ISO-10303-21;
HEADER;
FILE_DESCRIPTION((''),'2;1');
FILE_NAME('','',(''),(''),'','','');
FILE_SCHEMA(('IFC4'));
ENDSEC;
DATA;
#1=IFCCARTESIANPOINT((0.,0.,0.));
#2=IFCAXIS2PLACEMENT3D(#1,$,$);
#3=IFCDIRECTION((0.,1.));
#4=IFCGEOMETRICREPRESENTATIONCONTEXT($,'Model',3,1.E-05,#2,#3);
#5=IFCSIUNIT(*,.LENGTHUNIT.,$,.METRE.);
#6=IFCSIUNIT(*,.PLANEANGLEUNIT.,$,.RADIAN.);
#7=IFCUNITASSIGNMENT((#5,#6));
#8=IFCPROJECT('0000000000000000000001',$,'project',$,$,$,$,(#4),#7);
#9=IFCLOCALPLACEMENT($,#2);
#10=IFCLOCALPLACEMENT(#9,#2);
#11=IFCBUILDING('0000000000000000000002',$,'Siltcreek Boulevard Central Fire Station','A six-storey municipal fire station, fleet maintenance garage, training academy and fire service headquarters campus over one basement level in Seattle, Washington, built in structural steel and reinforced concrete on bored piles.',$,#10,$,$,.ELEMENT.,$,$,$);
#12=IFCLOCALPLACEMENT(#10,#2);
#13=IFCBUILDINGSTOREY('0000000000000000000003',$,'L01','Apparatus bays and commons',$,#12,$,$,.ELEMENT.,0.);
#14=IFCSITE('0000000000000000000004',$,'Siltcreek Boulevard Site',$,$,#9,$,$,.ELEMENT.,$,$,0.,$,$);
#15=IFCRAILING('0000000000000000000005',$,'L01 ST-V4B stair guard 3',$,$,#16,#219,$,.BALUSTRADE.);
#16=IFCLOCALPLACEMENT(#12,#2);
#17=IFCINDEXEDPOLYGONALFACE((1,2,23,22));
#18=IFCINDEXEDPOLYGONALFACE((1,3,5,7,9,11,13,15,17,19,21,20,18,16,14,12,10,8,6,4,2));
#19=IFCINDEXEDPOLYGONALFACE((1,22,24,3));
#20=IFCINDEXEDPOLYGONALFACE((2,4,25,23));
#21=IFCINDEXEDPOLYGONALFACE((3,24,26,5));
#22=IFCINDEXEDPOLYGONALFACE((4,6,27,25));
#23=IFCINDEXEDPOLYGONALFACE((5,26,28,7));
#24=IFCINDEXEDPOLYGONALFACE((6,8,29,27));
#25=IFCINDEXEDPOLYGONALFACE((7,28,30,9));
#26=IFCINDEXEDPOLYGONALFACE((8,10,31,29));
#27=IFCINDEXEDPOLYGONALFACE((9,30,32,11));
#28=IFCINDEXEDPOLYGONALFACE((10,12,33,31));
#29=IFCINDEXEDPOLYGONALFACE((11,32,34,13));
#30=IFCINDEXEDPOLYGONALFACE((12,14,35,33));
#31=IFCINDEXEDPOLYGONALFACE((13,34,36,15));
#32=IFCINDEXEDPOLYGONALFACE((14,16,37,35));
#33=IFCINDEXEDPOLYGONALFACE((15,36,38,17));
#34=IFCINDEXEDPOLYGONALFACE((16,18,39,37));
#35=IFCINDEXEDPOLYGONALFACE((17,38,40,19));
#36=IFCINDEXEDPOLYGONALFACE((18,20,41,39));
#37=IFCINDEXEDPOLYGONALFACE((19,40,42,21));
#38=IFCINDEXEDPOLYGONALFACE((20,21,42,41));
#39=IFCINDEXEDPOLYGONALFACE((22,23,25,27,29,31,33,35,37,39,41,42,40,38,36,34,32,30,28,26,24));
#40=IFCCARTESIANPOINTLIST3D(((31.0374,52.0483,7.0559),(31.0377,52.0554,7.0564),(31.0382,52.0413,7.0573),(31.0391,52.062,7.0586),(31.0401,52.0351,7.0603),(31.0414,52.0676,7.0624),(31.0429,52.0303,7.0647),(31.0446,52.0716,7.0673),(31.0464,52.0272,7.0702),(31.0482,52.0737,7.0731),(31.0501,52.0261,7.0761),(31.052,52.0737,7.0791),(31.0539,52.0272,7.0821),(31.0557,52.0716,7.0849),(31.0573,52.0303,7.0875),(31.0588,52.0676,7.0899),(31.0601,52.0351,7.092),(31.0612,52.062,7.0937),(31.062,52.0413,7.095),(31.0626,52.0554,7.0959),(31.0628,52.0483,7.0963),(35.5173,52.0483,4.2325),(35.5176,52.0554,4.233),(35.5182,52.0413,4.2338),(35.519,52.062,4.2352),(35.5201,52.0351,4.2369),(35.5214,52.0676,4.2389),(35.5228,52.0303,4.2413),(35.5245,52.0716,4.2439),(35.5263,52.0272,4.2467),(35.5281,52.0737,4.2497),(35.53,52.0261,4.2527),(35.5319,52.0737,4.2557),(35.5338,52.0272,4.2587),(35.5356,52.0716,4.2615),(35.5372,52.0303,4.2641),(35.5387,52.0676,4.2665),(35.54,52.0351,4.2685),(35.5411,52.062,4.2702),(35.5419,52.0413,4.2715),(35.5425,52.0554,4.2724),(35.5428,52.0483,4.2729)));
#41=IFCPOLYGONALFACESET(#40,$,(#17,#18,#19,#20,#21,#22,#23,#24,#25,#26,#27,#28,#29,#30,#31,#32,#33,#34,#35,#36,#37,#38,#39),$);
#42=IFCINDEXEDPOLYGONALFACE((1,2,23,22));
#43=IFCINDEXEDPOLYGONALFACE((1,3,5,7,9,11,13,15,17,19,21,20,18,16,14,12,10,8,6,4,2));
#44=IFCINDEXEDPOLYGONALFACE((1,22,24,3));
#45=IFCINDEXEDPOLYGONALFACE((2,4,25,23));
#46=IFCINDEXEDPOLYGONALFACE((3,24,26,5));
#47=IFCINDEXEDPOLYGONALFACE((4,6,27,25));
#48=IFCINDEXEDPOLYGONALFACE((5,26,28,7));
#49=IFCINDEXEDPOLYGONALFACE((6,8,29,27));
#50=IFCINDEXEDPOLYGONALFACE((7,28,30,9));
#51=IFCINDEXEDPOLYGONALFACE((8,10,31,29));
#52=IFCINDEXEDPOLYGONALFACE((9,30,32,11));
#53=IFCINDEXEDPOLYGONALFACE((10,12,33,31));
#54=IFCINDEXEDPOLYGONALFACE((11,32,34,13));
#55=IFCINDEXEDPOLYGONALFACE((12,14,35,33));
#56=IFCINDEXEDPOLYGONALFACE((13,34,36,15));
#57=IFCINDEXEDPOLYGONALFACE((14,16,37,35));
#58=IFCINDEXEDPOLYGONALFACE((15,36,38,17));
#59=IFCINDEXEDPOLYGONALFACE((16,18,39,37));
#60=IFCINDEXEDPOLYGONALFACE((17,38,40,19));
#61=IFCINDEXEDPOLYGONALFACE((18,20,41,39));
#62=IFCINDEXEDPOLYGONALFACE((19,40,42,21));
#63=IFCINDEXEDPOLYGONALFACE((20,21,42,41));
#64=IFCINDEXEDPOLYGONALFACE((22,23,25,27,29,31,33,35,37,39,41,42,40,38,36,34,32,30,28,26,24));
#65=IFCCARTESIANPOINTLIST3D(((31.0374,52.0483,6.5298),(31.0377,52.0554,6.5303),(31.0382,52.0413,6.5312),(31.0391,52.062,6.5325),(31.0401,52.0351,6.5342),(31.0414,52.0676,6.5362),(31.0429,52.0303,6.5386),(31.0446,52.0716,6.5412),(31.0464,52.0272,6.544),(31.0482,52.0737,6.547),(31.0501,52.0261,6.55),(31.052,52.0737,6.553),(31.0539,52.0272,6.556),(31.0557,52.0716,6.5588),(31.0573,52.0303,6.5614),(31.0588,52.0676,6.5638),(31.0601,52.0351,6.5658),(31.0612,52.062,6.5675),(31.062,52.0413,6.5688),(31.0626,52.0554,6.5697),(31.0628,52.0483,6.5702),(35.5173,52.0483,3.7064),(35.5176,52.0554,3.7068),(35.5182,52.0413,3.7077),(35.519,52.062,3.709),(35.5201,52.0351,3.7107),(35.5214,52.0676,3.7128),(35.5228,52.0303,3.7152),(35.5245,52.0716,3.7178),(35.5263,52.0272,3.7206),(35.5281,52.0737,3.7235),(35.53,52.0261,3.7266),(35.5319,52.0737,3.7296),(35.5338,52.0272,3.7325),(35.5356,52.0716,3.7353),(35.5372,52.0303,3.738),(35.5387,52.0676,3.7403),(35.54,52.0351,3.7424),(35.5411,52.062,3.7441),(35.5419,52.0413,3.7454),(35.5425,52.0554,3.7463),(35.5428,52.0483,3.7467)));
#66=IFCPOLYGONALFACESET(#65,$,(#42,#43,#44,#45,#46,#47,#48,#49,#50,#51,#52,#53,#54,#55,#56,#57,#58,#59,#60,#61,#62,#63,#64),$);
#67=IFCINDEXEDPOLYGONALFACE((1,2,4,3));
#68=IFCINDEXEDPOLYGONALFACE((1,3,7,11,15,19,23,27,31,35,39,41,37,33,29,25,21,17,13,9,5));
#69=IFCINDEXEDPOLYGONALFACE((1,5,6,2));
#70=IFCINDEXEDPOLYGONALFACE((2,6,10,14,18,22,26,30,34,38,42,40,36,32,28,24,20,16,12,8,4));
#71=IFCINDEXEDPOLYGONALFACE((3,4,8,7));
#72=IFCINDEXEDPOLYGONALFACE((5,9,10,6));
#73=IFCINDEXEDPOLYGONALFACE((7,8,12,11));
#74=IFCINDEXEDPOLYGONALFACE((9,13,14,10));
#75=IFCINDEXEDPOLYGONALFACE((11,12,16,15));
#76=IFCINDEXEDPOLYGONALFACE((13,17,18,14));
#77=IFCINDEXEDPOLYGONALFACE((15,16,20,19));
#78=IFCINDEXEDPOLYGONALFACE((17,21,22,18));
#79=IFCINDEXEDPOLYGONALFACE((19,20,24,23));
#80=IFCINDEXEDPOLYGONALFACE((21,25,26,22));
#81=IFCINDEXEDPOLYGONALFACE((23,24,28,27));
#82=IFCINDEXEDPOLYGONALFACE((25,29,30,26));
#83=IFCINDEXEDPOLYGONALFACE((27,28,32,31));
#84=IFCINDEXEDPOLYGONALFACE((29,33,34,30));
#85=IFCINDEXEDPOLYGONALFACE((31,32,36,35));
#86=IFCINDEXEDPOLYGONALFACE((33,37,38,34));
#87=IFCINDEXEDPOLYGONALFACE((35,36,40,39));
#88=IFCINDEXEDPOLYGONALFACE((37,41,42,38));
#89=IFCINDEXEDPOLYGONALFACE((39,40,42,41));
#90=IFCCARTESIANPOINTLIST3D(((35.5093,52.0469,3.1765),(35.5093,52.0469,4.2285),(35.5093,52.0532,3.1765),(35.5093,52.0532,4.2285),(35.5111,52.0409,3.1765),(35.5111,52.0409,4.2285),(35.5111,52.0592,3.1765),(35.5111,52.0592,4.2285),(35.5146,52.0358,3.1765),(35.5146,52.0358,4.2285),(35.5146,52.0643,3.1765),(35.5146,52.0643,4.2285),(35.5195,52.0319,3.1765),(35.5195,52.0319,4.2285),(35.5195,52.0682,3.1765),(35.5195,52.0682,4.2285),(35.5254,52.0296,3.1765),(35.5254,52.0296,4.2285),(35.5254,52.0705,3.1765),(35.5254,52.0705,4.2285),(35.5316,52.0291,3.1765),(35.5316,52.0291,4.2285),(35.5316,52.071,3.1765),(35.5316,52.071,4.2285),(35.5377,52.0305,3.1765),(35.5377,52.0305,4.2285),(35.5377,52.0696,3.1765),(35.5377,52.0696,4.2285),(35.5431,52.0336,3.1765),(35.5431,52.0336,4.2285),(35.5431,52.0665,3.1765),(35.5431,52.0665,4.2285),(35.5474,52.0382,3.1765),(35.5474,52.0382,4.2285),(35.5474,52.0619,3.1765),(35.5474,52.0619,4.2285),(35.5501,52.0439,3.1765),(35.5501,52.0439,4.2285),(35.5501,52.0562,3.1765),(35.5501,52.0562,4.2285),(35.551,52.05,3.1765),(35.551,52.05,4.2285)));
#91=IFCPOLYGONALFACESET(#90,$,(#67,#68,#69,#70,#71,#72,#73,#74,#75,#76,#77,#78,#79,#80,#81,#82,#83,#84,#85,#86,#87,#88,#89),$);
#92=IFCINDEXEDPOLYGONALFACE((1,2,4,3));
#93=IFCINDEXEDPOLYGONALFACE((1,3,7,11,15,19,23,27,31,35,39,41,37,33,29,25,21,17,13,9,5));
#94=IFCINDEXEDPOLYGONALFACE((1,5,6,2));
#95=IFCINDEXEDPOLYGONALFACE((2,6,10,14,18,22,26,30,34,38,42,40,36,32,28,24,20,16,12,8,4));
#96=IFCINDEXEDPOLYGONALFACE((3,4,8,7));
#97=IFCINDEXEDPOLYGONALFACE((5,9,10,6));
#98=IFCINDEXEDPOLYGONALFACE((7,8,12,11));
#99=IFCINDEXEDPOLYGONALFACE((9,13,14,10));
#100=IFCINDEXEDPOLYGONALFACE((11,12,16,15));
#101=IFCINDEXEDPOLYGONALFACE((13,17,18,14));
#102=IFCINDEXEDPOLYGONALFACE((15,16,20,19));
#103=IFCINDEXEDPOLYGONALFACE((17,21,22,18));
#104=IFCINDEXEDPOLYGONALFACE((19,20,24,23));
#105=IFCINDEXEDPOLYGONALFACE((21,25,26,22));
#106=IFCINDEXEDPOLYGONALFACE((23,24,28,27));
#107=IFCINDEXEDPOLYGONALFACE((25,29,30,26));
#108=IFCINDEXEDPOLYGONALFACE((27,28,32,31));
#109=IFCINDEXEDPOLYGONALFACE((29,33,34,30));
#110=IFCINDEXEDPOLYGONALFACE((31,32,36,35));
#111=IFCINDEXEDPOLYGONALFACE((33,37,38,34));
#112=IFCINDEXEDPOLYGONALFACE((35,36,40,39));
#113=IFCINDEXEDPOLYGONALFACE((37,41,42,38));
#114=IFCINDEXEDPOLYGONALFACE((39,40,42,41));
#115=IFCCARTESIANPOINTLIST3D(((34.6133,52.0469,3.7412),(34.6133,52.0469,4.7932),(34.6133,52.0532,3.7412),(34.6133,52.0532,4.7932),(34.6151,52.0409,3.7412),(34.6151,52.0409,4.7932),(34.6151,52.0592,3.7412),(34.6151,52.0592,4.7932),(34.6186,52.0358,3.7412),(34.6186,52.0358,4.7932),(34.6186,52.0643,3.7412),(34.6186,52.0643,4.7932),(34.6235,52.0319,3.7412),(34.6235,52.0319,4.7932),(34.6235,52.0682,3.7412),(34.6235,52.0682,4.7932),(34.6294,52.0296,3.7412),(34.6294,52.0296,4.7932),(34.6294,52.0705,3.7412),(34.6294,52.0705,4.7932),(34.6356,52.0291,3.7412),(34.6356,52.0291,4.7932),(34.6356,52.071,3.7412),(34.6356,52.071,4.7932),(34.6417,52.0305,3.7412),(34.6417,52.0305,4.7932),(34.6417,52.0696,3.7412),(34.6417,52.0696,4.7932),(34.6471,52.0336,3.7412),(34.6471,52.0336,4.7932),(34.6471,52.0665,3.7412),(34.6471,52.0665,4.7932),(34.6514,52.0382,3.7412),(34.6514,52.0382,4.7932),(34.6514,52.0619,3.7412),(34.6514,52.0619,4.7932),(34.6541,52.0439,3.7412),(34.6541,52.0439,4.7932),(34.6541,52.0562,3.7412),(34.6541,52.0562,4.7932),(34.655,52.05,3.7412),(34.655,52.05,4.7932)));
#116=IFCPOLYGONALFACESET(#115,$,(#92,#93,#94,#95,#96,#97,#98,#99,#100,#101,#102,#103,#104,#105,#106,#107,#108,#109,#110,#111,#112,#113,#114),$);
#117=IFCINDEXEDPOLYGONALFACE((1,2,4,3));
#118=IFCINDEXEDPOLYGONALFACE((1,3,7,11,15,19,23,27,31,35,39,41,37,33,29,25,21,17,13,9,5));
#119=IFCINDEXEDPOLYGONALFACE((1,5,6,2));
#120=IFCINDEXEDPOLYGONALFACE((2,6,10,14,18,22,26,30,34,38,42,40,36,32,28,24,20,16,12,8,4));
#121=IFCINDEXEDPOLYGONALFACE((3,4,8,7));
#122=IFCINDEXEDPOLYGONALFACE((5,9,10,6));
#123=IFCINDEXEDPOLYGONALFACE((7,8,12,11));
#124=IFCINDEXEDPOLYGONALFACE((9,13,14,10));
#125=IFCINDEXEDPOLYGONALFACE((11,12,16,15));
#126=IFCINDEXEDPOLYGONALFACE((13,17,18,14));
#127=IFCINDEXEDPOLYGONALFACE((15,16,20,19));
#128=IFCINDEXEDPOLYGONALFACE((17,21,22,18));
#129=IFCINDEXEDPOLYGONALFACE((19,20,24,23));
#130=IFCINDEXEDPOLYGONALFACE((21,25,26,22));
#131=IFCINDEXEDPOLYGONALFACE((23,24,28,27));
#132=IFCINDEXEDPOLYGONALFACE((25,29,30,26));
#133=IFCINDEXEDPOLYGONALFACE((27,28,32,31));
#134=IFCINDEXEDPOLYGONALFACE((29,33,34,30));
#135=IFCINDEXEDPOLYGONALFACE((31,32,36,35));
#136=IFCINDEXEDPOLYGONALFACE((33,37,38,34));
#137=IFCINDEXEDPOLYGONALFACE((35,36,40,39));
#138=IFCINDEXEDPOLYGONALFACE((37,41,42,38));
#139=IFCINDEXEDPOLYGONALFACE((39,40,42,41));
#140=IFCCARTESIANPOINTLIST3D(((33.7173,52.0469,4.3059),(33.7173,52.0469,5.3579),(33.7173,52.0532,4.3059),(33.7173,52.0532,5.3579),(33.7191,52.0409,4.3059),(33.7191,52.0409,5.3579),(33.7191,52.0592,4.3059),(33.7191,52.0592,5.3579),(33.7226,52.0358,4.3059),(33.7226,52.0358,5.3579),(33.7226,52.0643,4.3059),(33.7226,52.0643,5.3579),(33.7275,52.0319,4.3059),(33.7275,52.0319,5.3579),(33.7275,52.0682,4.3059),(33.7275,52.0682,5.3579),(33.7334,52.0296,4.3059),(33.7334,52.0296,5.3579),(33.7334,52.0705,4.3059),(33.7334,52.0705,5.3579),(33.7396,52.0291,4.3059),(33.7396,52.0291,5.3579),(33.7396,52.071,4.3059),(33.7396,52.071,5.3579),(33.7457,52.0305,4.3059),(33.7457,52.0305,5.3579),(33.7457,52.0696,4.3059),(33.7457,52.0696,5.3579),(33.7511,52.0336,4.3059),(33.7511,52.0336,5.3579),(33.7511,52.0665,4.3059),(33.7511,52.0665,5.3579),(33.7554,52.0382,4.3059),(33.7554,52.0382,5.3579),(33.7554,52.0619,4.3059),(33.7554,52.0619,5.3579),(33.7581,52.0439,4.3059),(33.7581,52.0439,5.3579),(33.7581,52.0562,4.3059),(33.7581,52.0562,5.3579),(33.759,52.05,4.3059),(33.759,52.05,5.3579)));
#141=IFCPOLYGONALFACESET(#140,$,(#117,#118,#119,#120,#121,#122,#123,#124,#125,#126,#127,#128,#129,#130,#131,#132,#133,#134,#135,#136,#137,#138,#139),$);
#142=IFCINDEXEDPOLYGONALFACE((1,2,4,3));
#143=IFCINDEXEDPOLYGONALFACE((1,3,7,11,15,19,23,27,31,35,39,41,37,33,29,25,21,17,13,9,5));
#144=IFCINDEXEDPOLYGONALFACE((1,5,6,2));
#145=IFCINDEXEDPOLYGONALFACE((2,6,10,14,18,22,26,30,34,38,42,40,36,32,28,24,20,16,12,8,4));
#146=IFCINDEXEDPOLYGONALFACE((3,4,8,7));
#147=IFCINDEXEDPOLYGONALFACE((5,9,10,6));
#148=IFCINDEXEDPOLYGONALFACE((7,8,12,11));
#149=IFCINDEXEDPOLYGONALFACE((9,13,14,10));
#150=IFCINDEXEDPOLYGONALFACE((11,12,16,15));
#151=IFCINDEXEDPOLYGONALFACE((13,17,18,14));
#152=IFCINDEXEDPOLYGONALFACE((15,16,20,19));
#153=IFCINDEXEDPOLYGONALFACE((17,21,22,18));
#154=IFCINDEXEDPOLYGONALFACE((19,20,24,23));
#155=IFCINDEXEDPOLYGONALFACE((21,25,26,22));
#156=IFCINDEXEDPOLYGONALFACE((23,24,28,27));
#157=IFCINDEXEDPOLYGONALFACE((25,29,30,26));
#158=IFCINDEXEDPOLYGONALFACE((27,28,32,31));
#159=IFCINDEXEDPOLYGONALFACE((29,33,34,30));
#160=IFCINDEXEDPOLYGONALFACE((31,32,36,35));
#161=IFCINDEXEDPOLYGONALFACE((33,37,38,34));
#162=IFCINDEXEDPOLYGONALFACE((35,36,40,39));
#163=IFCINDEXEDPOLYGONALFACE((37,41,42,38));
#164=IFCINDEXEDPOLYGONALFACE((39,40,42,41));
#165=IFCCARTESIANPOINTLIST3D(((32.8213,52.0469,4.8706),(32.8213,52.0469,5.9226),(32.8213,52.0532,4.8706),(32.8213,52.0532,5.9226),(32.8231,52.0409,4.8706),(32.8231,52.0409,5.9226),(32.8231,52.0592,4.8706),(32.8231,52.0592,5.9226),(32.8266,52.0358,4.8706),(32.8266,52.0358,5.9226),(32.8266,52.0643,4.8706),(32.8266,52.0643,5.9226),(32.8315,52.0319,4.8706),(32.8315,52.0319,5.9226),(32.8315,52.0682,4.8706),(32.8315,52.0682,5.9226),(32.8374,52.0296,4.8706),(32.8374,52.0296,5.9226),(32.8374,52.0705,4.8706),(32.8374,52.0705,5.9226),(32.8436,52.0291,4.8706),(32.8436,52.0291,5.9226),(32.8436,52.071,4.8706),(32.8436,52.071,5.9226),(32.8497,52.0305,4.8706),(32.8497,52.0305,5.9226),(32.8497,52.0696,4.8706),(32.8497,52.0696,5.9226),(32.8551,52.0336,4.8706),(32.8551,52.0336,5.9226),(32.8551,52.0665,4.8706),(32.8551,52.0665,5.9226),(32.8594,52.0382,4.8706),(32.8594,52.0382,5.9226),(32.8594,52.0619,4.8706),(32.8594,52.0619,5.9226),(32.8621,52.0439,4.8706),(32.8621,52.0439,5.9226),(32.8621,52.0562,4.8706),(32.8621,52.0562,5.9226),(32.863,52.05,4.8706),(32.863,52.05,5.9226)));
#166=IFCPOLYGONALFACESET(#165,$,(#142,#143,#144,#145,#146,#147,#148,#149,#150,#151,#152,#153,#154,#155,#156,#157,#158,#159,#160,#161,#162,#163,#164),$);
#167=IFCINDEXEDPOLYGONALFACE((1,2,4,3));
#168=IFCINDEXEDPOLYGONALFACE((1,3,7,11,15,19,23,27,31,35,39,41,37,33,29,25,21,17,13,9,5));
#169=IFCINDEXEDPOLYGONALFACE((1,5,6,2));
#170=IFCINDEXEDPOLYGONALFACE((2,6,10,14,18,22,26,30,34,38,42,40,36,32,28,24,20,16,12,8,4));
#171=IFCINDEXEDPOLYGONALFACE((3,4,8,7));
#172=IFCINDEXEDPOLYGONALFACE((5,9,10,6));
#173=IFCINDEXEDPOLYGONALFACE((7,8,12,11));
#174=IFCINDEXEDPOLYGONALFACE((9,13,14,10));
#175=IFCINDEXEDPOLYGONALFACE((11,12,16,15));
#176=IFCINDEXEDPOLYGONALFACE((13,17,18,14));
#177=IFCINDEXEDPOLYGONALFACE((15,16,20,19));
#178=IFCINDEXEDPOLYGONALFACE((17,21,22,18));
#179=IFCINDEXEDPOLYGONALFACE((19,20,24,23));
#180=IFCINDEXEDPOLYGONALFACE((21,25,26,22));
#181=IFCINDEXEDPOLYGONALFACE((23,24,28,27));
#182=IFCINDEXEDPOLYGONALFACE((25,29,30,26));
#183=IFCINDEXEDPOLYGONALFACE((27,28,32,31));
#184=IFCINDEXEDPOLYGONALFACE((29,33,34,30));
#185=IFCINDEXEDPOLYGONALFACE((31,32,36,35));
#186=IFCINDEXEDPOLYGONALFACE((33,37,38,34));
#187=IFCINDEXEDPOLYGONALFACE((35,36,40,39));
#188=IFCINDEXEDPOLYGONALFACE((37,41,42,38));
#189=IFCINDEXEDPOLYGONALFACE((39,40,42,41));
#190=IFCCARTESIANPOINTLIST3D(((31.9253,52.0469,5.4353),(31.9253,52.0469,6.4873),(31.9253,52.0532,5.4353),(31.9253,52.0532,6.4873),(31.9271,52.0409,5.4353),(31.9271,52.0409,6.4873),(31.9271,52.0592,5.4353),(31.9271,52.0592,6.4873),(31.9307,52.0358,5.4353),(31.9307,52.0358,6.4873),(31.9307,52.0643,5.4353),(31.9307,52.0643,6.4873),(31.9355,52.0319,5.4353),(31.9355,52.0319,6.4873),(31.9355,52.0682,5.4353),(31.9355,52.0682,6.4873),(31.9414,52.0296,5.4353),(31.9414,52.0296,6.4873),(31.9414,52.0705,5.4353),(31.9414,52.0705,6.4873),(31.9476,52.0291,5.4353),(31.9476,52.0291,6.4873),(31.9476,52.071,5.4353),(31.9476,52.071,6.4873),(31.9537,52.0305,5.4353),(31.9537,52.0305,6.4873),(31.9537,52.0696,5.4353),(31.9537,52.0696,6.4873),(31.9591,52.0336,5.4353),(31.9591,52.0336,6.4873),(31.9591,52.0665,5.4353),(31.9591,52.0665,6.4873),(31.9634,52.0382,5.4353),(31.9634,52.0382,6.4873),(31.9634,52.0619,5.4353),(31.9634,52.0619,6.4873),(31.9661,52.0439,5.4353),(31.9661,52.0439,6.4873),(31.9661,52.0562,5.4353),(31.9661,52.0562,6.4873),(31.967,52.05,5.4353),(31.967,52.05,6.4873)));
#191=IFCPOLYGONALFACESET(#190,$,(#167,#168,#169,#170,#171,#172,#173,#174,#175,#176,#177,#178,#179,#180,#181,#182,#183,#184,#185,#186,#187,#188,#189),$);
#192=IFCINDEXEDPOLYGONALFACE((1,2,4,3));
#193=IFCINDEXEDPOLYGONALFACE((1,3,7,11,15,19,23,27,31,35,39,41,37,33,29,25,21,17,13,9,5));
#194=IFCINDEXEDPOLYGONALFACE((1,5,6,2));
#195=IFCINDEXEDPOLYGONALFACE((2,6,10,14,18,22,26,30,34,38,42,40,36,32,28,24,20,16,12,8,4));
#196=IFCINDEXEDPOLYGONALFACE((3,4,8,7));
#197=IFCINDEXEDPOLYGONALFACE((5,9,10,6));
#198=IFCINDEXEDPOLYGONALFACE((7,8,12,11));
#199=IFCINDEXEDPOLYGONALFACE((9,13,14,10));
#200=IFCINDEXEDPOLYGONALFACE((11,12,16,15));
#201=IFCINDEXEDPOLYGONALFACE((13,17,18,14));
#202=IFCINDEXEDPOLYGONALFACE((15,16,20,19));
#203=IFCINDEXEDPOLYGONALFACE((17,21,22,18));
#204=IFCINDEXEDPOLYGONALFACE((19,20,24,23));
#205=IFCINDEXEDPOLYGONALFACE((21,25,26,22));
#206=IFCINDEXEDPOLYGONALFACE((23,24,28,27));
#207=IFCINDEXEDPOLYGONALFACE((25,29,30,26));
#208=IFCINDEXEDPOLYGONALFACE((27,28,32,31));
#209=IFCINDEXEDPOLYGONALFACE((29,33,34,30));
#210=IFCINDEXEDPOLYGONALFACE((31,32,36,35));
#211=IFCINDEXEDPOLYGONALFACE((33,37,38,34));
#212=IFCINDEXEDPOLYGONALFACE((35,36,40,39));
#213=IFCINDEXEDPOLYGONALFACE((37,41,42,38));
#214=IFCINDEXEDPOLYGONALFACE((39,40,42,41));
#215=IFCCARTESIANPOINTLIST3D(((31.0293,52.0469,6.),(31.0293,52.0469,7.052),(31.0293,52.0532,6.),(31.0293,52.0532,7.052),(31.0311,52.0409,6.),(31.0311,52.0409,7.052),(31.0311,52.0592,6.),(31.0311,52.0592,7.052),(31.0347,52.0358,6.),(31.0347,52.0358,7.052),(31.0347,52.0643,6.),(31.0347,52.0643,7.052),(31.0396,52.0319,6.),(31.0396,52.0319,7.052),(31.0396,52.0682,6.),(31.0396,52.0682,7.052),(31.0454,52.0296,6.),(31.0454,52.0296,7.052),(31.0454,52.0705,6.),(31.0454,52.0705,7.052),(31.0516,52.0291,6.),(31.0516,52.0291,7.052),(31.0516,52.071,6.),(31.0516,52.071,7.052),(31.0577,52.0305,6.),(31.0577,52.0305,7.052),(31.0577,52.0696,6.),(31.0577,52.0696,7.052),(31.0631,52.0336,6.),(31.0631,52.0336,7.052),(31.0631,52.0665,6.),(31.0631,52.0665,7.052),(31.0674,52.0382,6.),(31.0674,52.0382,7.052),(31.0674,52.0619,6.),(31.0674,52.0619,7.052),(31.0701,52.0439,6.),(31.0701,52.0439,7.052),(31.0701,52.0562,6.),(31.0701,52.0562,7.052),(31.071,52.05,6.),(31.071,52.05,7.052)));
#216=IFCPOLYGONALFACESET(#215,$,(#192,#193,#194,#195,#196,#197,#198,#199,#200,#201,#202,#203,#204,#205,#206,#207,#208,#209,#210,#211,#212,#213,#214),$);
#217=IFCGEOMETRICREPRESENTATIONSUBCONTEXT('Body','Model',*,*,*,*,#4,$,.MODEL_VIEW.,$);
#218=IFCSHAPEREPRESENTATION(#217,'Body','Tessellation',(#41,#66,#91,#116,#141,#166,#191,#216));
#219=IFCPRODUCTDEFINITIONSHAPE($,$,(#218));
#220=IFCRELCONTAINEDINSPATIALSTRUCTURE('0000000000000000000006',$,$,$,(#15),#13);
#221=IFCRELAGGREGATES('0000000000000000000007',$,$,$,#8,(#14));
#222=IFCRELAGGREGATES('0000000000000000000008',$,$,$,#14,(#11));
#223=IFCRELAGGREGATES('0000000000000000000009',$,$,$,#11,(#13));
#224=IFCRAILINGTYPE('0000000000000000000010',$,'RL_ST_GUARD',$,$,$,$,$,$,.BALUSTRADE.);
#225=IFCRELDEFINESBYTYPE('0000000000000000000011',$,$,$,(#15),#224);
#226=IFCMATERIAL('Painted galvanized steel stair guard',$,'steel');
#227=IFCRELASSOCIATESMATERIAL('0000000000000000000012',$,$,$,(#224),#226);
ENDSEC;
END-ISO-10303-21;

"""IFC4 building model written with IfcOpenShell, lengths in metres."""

from ifc_helpers import new_model, si_unit, direction, frame, origin, origin_2d, place, context, subcontext, project, spatial, circle, extrude, material, type_object, element, save


model = new_model("IFC4")

# Units and contexts
model_context = context("Model", 3, precision=1e-05, world=origin(), true_north=direction((0.0, 1.0)))
body_context = subcontext(model_context, "Body", "Model", "MODEL_VIEW")
ifc_project = project(units=[si_unit("LENGTHUNIT", "METRE"), si_unit("PLANEANGLEUNIT", "RADIAN")], contexts=[model_context])

# Site, building, storey
site_placement = place(None, origin())
site = spatial("IfcSite", under=ifc_project, at=site_placement, Name="Siltcreek Boulevard Site", CompositionType="ELEMENT", RefElevation=0.0)
building_placement = place(site_placement, origin())
building = spatial("IfcBuilding", under=site, at=building_placement, Name="Siltcreek Boulevard Central Fire Station", Description="A six-storey municipal fire station, fleet maintenance garage, training academy and fire service headquarters campus over one basement level in Seattle, Washington, built in structural steel and reinforced concrete on bored piles.", CompositionType="ELEMENT")
storey_placement = place(building_placement, origin())
storey = spatial("IfcBuildingStorey", under=building, at=storey_placement, Name="L01", Description="Apparatus bays and commons", CompositionType="ELEMENT", Elevation=0.0)

# Railing
ifc_material_1 = material(Name="Painted galvanized steel stair guard", Category="steel")
railing_type_1 = type_object("IfcRailingType", Name="RL_ST_GUARD", PredefinedType="BALUSTRADE", material=ifc_material_1)
railing_1_placement = place(storey_placement, frame((35.53, 52.05, 3.1765)))
element("IfcRailing", 1, at=railing_1_placement, inside=storey, type_object=railing_type_1, Name="L01 ST-V4B stair guard 3", PredefinedType="BALUSTRADE", context=body_context, shape_type="SweptSolid", body=[
    extrude(circle(Radius=0.0239, at=origin_2d()), frame((0.0, 0.0, 1.0762), z_axis=(-0.845998, 0.0, 0.533186), x_axis=(0.0, -1.0, 0.0)), (0.0, 0.0, 1.0), 5.2954),
    extrude(circle(Radius=0.0239, at=origin_2d()), frame((0.0, 0.0, 0.55), z_axis=(-0.845998, 0.0, 0.533186), x_axis=(0.0, -1.0, 0.0)), (0.0, 0.0, 1.0), 5.2954),
    extrude(circle(Radius=0.021, at=origin_2d()), origin(), (0.0, 0.0, 1.0), 1.052),
    extrude(circle(Radius=0.021, at=origin_2d()), frame((-0.896, 0.0, 0.5647)), (0.0, 0.0, 1.0), 1.052),
    extrude(circle(Radius=0.021, at=origin_2d()), frame((-1.792, 0.0, 1.1294)), (0.0, 0.0, 1.0), 1.052),
    extrude(circle(Radius=0.021, at=origin_2d()), frame((-2.688, 0.0, 1.6941)), (0.0, 0.0, 1.0), 1.052),
    extrude(circle(Radius=0.021, at=origin_2d()), frame((-3.584, 0.0, 2.2588)), (0.0, 0.0, 1.0), 1.052),
    extrude(circle(Radius=0.021, at=origin_2d()), frame((-4.48, 0.0, 2.8235)), (0.0, 0.0, 1.0), 1.052),
])

save(model, "model.ifc")
